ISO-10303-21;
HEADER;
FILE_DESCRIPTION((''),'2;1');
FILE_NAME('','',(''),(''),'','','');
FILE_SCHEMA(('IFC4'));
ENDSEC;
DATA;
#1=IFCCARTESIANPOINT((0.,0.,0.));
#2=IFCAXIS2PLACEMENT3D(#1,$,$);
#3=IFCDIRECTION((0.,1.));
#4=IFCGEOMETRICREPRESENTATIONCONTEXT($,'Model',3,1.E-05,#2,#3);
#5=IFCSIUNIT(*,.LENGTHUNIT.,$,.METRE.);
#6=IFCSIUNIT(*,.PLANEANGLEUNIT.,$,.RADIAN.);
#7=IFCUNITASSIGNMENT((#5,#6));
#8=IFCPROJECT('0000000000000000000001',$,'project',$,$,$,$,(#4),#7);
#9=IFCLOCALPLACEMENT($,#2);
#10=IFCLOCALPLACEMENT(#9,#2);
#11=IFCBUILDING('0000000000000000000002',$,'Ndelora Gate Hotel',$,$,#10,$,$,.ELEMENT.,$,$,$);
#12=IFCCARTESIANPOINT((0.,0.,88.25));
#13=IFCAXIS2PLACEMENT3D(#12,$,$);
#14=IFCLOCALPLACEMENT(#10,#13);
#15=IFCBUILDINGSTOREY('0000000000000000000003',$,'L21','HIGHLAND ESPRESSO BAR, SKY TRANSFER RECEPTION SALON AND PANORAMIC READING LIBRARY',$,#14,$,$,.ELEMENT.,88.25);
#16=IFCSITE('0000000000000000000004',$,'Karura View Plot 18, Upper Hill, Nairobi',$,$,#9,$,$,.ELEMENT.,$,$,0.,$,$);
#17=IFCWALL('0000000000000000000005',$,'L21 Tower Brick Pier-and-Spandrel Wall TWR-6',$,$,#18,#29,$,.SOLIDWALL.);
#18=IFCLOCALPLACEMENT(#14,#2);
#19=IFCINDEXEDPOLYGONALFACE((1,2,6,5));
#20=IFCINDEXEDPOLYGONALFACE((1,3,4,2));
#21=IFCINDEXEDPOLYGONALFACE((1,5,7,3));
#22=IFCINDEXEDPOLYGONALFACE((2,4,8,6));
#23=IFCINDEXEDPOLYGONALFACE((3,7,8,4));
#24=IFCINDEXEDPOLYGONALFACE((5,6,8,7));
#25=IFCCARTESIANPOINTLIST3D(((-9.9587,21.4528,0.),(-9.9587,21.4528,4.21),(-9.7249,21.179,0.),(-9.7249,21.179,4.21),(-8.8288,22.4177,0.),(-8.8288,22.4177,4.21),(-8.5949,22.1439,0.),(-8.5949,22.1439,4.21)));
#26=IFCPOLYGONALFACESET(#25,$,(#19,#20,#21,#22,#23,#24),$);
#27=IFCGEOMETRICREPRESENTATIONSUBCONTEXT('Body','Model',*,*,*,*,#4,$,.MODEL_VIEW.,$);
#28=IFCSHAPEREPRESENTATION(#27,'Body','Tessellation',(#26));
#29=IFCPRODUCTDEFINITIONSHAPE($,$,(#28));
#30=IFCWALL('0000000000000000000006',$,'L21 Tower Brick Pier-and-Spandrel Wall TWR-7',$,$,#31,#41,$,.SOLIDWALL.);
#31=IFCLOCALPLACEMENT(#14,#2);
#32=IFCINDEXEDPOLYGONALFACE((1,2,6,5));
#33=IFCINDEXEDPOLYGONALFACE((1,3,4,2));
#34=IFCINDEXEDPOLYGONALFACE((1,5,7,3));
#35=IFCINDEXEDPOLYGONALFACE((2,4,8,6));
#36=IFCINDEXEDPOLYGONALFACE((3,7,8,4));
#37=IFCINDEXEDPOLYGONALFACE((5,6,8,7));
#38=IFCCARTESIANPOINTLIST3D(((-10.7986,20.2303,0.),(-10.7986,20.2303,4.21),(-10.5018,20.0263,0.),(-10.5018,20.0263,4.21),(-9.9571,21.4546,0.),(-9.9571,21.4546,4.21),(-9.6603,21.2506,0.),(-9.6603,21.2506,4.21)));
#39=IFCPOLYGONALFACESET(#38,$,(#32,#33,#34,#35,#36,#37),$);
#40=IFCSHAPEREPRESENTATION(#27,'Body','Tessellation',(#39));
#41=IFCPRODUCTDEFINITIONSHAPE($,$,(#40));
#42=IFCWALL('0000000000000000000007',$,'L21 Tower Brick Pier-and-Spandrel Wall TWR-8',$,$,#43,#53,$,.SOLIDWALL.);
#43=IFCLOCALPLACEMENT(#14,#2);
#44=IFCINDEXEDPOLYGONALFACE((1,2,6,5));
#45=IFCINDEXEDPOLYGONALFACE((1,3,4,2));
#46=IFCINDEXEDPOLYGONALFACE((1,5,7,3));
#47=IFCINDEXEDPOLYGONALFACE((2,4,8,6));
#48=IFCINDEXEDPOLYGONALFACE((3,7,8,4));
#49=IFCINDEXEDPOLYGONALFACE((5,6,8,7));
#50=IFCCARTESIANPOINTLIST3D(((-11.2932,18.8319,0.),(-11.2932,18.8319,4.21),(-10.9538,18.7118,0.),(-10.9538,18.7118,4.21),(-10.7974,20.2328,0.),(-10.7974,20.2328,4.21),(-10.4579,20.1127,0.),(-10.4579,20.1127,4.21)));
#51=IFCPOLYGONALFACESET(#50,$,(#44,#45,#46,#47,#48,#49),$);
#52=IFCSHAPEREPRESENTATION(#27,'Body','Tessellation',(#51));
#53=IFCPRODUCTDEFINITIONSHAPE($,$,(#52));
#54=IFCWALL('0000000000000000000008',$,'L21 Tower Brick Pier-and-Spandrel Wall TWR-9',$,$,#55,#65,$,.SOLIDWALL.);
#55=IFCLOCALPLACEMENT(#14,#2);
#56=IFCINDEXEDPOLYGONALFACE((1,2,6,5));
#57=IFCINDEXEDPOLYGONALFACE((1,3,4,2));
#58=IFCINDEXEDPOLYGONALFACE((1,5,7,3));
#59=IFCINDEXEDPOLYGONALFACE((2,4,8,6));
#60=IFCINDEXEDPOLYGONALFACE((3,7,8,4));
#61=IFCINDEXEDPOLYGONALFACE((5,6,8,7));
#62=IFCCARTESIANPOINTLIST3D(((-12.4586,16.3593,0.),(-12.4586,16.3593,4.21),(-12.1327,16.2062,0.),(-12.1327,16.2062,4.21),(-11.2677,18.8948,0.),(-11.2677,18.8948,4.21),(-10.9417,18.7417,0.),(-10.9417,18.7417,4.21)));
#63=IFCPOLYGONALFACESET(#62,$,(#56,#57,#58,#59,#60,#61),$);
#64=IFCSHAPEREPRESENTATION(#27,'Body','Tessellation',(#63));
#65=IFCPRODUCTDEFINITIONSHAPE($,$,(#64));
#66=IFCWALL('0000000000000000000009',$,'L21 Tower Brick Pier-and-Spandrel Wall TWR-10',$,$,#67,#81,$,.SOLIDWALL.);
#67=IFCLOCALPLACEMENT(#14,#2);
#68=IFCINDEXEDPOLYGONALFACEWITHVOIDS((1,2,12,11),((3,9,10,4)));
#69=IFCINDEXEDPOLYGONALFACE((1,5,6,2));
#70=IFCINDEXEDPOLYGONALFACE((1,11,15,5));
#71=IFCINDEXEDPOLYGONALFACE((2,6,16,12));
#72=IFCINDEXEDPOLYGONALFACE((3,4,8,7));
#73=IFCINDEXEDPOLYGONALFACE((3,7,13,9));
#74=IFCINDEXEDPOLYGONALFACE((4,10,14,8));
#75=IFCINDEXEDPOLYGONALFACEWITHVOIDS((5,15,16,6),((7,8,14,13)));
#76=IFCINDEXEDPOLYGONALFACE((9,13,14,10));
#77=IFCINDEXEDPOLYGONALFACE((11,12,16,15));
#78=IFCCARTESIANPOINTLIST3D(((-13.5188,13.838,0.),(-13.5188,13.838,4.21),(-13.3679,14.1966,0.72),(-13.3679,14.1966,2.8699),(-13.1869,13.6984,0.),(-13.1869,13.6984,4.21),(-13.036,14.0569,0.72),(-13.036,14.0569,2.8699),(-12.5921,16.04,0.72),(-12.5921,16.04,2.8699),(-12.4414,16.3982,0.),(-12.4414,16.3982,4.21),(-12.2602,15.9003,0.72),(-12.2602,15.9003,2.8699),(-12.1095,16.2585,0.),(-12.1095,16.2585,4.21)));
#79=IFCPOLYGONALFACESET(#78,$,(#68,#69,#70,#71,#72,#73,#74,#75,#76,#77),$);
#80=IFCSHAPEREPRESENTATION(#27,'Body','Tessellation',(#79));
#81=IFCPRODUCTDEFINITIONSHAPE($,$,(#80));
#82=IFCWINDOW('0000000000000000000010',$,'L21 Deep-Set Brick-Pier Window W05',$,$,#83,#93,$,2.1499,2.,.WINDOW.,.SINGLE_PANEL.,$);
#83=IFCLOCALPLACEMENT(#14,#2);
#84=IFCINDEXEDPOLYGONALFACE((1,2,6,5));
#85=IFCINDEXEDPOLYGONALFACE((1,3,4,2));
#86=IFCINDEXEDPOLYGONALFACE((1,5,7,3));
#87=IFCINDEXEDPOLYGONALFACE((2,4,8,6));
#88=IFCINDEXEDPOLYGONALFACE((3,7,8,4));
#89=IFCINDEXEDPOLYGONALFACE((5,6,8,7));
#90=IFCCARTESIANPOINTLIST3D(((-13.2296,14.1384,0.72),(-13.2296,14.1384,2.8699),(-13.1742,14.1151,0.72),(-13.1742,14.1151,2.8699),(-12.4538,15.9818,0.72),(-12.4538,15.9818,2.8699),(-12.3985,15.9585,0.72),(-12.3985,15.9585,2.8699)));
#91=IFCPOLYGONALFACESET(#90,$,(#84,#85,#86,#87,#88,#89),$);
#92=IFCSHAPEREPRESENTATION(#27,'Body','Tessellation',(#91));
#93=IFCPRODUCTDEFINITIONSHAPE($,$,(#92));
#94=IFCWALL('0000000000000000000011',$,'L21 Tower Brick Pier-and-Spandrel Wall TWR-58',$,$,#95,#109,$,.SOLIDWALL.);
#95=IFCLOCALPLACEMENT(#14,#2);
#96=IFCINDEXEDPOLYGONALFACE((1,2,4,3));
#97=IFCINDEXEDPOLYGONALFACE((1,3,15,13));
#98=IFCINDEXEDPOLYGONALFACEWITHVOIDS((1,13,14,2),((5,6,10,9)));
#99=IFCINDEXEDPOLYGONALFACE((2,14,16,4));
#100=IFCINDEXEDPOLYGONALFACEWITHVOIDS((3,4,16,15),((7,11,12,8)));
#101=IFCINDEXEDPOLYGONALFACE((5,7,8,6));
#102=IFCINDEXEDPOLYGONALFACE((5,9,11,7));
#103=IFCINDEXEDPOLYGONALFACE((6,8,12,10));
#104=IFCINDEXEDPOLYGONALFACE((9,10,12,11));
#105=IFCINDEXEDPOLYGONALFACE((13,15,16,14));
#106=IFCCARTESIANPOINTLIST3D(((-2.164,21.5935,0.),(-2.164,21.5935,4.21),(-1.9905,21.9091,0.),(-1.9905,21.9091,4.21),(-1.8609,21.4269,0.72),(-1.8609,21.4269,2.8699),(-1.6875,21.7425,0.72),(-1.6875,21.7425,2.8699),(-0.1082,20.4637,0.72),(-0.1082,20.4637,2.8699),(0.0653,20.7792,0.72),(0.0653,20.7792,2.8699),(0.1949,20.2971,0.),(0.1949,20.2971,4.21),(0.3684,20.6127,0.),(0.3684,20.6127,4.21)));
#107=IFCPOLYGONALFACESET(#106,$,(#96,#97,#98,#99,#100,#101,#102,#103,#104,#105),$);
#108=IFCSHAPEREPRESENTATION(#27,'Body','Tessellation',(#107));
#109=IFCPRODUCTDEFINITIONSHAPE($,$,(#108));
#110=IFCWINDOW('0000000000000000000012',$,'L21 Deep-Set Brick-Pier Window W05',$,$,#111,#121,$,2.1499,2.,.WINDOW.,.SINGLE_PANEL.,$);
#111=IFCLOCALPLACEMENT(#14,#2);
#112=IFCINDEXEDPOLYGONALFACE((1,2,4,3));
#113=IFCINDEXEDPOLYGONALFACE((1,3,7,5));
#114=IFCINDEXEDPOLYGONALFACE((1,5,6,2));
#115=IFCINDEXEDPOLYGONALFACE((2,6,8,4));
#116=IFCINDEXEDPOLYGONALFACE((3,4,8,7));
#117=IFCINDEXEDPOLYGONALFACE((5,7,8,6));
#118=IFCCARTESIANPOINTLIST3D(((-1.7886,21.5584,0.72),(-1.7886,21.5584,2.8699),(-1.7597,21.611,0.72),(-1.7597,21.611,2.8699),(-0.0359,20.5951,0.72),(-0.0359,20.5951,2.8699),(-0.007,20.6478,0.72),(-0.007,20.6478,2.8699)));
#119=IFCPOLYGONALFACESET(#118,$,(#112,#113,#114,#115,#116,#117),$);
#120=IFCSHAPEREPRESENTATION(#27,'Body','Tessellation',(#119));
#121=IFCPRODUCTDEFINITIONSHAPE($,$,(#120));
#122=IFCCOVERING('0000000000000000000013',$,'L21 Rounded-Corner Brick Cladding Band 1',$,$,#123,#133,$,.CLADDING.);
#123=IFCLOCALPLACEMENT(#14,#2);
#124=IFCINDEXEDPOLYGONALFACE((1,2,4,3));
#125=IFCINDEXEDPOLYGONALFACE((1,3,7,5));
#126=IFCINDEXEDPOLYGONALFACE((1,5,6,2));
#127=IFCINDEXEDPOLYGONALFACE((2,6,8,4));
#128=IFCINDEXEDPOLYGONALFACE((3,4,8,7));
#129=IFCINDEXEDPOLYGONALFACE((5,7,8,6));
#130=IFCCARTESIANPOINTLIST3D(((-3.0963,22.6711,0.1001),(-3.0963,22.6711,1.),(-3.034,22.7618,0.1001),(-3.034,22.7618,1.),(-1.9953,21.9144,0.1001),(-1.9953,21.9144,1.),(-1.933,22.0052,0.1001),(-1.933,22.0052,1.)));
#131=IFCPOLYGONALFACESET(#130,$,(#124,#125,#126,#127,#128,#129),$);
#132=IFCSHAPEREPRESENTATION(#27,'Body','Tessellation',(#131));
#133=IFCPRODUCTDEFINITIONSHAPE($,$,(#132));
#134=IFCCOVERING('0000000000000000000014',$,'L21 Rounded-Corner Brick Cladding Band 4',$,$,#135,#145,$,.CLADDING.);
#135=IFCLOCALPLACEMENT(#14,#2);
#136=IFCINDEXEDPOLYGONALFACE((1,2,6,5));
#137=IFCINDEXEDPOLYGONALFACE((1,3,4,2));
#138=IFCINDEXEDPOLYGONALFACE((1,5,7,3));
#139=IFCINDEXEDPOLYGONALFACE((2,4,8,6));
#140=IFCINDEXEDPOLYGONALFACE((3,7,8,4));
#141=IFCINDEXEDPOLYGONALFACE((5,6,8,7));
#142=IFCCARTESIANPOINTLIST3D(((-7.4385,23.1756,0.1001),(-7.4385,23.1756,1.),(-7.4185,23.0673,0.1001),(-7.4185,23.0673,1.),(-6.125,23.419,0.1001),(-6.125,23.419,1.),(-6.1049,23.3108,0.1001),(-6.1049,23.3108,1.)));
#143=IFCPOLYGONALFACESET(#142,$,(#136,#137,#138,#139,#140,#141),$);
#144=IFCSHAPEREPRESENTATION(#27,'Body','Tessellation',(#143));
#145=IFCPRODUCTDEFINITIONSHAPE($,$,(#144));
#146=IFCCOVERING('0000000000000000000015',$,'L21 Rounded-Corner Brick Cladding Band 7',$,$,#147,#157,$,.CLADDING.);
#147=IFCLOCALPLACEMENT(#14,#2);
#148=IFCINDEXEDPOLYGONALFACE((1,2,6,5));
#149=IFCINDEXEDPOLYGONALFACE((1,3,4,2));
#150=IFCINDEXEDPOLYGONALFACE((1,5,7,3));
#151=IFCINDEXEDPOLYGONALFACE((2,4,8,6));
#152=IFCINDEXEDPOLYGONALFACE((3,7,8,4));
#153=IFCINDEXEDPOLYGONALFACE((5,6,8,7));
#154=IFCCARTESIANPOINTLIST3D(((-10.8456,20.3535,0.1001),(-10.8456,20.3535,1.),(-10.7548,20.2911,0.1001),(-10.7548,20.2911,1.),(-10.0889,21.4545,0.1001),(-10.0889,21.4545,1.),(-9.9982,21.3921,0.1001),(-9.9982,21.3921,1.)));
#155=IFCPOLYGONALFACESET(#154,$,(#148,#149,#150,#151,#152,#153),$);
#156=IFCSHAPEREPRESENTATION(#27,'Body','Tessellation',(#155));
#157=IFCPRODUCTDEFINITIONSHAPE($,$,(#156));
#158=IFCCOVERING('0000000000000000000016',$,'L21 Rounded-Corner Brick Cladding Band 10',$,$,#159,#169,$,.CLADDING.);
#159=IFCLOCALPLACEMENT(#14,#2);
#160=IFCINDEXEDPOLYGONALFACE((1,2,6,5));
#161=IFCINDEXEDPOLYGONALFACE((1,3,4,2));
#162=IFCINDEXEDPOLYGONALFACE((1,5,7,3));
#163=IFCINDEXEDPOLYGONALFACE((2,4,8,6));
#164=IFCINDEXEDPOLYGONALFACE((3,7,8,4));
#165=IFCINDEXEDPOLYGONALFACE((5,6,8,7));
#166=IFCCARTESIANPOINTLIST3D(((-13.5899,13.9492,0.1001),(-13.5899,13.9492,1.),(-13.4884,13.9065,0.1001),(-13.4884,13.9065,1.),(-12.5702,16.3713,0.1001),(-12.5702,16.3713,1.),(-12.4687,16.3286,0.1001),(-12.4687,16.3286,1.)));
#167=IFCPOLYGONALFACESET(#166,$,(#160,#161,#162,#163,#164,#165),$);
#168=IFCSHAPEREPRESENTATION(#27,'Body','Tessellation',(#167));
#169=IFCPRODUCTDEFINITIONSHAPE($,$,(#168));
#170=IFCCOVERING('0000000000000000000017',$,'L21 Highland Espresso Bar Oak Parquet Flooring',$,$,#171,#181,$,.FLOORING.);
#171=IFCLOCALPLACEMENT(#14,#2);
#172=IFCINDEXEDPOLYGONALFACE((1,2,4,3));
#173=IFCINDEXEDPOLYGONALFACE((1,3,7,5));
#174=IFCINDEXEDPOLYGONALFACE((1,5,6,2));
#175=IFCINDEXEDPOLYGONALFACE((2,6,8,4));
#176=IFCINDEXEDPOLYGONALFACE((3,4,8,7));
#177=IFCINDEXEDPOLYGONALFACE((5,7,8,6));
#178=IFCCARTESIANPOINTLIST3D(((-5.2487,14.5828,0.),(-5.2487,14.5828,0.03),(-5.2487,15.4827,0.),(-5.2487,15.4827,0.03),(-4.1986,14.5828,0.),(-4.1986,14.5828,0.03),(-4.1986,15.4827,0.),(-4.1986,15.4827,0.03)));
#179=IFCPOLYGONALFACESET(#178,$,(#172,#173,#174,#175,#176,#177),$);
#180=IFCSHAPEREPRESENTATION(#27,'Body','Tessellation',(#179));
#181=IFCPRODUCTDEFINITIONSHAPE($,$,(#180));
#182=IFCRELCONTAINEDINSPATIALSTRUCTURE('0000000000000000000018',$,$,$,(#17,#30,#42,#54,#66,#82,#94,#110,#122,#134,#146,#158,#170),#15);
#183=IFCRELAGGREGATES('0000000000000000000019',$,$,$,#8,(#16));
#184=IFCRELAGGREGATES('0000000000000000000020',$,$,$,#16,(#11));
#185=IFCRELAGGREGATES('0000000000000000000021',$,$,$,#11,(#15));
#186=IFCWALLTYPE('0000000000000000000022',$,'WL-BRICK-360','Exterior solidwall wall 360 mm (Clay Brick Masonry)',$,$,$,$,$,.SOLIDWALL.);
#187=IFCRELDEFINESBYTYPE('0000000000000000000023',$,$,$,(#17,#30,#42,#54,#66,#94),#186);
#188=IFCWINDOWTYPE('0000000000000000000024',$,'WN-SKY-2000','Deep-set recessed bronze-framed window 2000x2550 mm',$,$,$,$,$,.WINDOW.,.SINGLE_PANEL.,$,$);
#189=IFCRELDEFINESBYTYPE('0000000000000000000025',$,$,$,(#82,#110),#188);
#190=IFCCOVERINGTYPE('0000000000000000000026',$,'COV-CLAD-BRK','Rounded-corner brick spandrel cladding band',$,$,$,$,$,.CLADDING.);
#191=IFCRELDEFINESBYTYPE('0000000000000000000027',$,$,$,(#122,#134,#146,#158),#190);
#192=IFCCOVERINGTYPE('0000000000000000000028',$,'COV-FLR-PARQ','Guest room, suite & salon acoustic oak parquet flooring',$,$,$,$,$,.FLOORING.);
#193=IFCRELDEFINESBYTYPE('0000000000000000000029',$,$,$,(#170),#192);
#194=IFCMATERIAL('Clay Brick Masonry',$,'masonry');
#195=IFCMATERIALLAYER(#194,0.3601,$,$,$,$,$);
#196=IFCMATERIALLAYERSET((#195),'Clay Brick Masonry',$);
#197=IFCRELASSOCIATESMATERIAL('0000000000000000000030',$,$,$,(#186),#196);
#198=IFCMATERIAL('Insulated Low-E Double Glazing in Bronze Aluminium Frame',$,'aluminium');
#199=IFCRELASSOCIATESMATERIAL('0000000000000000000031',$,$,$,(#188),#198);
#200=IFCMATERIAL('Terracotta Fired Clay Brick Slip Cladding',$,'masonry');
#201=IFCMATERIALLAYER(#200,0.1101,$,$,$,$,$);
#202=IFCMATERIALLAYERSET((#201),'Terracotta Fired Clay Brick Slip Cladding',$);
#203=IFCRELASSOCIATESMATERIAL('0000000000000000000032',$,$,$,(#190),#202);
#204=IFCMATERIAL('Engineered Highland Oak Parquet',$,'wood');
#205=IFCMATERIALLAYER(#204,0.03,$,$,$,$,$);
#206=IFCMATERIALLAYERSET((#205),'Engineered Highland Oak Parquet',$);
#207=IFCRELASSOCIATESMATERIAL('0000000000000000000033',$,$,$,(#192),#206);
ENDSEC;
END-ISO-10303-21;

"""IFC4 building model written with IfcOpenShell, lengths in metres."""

from ifc_helpers import new_model, si_unit, direction, frame, frame_2d, origin, origin_2d, place, context, subcontext, project, spatial, rectangle, extrude, material, layer, layer_set, type_object, element, fill, save


model = new_model("IFC4")

# Units and contexts
model_context = context("Model", 3, precision=1e-05, world=origin(), true_north=direction((0.0, 1.0)))
body_context = subcontext(model_context, "Body", "Model", "MODEL_VIEW")
ifc_project = project(units=[si_unit("LENGTHUNIT", "METRE"), si_unit("PLANEANGLEUNIT", "RADIAN")], contexts=[model_context])

# Site, building, storey
site_placement = place(None, origin())
site = spatial("IfcSite", under=ifc_project, at=site_placement, Name="Karura View Plot 18, Upper Hill, Nairobi", CompositionType="ELEMENT", RefElevation=0.0)
building_placement = place(site_placement, origin())
building = spatial("IfcBuilding", under=site, at=building_placement, Name="Ndelora Gate Hotel", CompositionType="ELEMENT")
storey_placement = place(building_placement, frame((0.0, 0.0, 88.25)))
storey = spatial("IfcBuildingStorey", under=building, at=storey_placement, Name="L21", Description="HIGHLAND ESPRESSO BAR, SKY TRANSFER RECEPTION SALON AND PANORAMIC READING LIBRARY", CompositionType="ELEMENT", Elevation=88.25)

# Walls
ifc_material_1 = material(Name="Clay Brick Masonry", Category="masonry")
ifc_layer_1 = layer(ifc_material_1, 0.3601)
ifc_layer_set_1 = layer_set([ifc_layer_1], Name="Clay Brick Masonry")
wall_type = type_object("IfcWallType", Name="WL-BRICK-360", Description="Exterior solidwall wall 360 mm (Clay Brick Masonry)", PredefinedType="SOLIDWALL", material=ifc_layer_set_1)
for number, where, z_axis, x_axis, name in (
    (1, (-9.8418, 21.3159, 0.0), (0.0, 0.0, 1.0), (0.760462, 0.649383, 0.0), "L21 Tower Brick Pier-and-Spandrel Wall TWR-6"),
):
    element("IfcWall", number, at=place(storey_placement, frame(where, z_axis=z_axis, x_axis=x_axis)), inside=storey, type_object=wall_type, Name=name, PredefinedType="SOLIDWALL", context=body_context, shape_type="SweptSolid", body=[
        extrude(rectangle(XDim=1.4858, YDim=0.3601, at=frame_2d((0.7429, 0.0))), origin(), (0.0, 0.0, 1.0), 4.21),
    ])
wall_1_placement = place(storey_placement, frame((-10.6501, 20.1284, 0.0), z_axis=(0.0, 0.0, 1.0), x_axis=(0.566438, 0.824104, 0.0)))
element("IfcWall", 2, at=wall_1_placement, inside=storey, type_object=wall_type, Name="L21 Tower Brick Pier-and-Spandrel Wall TWR-7", PredefinedType="SOLIDWALL", context=body_context, shape_type="SweptSolid", body=[
    extrude(rectangle(XDim=1.4856, YDim=0.3601, at=frame_2d((0.7427, 0.0))), origin(), (0.0, 0.0, 1.0), 4.21),
])
wall_2_placement = place(storey_placement, frame((-11.1235, 18.7717, 0.0), z_axis=(0.0, 0.0, 1.0), x_axis=(0.333671, 0.94269, 0.0)))
element("IfcWall", 3, at=wall_2_placement, inside=storey, type_object=wall_type, Name="L21 Tower Brick Pier-and-Spandrel Wall TWR-8", PredefinedType="SOLIDWALL", context=body_context, shape_type="SweptSolid", body=[
    extrude(rectangle(XDim=1.4861, YDim=0.3601, at=frame_2d((0.7432, 0.0))), origin(), (0.0, 0.0, 1.0), 4.21),
])
wall_3_placement = place(storey_placement, frame((-12.2957, 16.2827, 0.0), z_axis=(0.0, 0.0, 1.0), x_axis=(0.425151, 0.905123, 0.0)))
element("IfcWall", 4, at=wall_3_placement, inside=storey, type_object=wall_type, Name="L21 Tower Brick Pier-and-Spandrel Wall TWR-9", PredefinedType="SOLIDWALL", context=body_context, shape_type="SweptSolid", body=[
    extrude(rectangle(XDim=2.8013, YDim=0.3601, at=frame_2d((1.4006, 0.0))), origin(), (0.0, 0.0, 1.0), 4.21),
])

# Walls, openings, windows
wall_4_placement = place(storey_placement, frame((-13.3528, 13.7683, 0.0), z_axis=(0.0, 0.0, 1.0), x_axis=(0.387896, 0.921703, 0.0)))
wall_4 = element("IfcWall", 5, at=wall_4_placement, inside=storey, type_object=wall_type, Name="L21 Tower Brick Pier-and-Spandrel Wall TWR-10", PredefinedType="SOLIDWALL", context=body_context, shape_type="SweptSolid", body=[
    extrude(rectangle(XDim=2.7776, YDim=0.3601, at=frame_2d((1.3887, 0.0))), origin(), (0.0, 0.0, 1.0), 4.21),
])
opening_1_placement = place(wall_4_placement, frame((0.3889, 0.0, 0.72)))
opening_1 = element("IfcOpeningElement", 6, at=opening_1_placement, cuts=wall_4, PredefinedType="OPENING", context=body_context, shape_type="SweptSolid", body=[
    extrude(rectangle(XDim=2.0, YDim=2.1499, at=frame_2d((1.0, 1.075))), frame((0.0, 0.1899, 0.0), z_axis=(0.0, -1.0, 0.0), x_axis=(1.0, 0.0, 0.0)), (0.0, 0.0, 1.0), 0.3801),
])
ifc_material_2 = material(Name="Insulated Low-E Double Glazing in Bronze Aluminium Frame", Category="aluminium")
window_type = type_object("IfcWindowType", Name="WN-SKY-2000", Description="Deep-set recessed bronze-framed window 2000x2550 mm", PartitioningType="SINGLE_PANEL", PredefinedType="WINDOW", material=ifc_material_2)
window_1_placement = place(opening_1_placement, origin())
window_1 = element("IfcWindow", 7, at=window_1_placement, inside=storey, type_object=window_type, Name="L21 Deep-Set Brick-Pier Window W05", OverallHeight=2.1499, OverallWidth=2.0, PartitioningType="SINGLE_PANEL", PredefinedType="WINDOW", context=body_context, shape_type="SweptSolid", body=[
    extrude(rectangle(XDim=2.0, YDim=2.1499, at=frame_2d((1.0, 1.075))), frame((0.0, 0.03, 0.0), z_axis=(0.0, -1.0, 0.0), x_axis=(1.0, 0.0, 0.0)), (0.0, 0.0, 1.0), 0.0601),
])
fill(opening_1, window_1)
wall_5_placement = place(storey_placement, frame((-2.0771, 21.7512, 0.0), z_axis=(0.0, 0.0, 1.0), x_axis=(0.876373, -0.481633, 0.0)))
wall_5 = element("IfcWall", 8, at=wall_5_placement, inside=storey, type_object=wall_type, Name="L21 Tower Brick Pier-and-Spandrel Wall TWR-58", PredefinedType="SOLIDWALL", context=body_context, shape_type="SweptSolid", body=[
    extrude(rectangle(XDim=2.6917, YDim=0.3601, at=frame_2d((1.3457, 0.0))), origin(), (0.0, 0.0, 1.0), 4.21),
])
opening_2_placement = place(wall_5_placement, frame((0.3457, 0.0, 0.72)))
opening_2 = element("IfcOpeningElement", 9, at=opening_2_placement, cuts=wall_5, PredefinedType="OPENING", context=body_context, shape_type="SweptSolid", body=[
    extrude(rectangle(XDim=2.0, YDim=2.1499, at=frame_2d((1.0, 1.075))), frame((0.0, 0.1899, 0.0), z_axis=(0.0, -1.0, 0.0), x_axis=(1.0, 0.0, 0.0)), (0.0, 0.0, 1.0), 0.3801),
])
window_2_placement = place(opening_2_placement, origin())
window_2 = element("IfcWindow", 10, at=window_2_placement, inside=storey, type_object=window_type, Name="L21 Deep-Set Brick-Pier Window W05", OverallHeight=2.1499, OverallWidth=2.0, PartitioningType="SINGLE_PANEL", PredefinedType="WINDOW", context=body_context, shape_type="SweptSolid", body=[
    extrude(rectangle(XDim=2.0, YDim=2.1499, at=frame_2d((1.0, 1.075))), frame((0.0, 0.03, 0.0), z_axis=(0.0, -1.0, 0.0), x_axis=(1.0, 0.0, 0.0)), (0.0, 0.0, 1.0), 0.0601),
])
fill(opening_2, window_2)

# Coverings
ifc_material_3 = material(Name="Terracotta Fired Clay Brick Slip Cladding", Category="masonry")
ifc_layer_2 = layer(ifc_material_3, 0.1101)
ifc_layer_set_2 = layer_set([ifc_layer_2], Name="Terracotta Fired Clay Brick Slip Cladding")
covering_type_1 = type_object("IfcCoveringType", Name="COV-CLAD-BRK", Description="Rounded-corner brick spandrel cladding band", PredefinedType="CLADDING", material=ifc_layer_set_2)
for number, where, z_axis, x_axis, name in (
    (11, (-2.5146, 22.3381, 0.1001), (0.0, 0.0, 1.0), (-0.824126, 0.566406, 0.0), "L21 Rounded-Corner Brick Cladding Band 1"),
    (12, (-6.7717, 23.2432, 0.1001), (0.0, 0.0, 1.0), (0.983255, 0.182236, 0.0), "L21 Rounded-Corner Brick Cladding Band 4"),
    (13, (-10.4219, 20.8728, 0.1001), (0.0, 0.0, 1.0), (0.566406, 0.824126, 0.0), "L21 Rounded-Corner Brick Cladding Band 7"),
):
    element("IfcCovering", number, at=place(storey_placement, frame(where, z_axis=z_axis, x_axis=x_axis)), inside=storey, type_object=covering_type_1, Name=name, PredefinedType="CLADDING", context=body_context, shape_type="SweptSolid", body=[
        extrude(rectangle(XDim=1.3359, YDim=0.1101, at=origin_2d()), origin(), (0.0, 0.0, 1.0), 0.8999),
    ])
covering_1_placement = place(storey_placement, frame((-13.0293, 15.1389, 0.1001), z_axis=(0.0, 0.0, 1.0), x_axis=(0.387998, 0.92166, 0.0)))
element("IfcCovering", 14, at=covering_1_placement, inside=storey, type_object=covering_type_1, Name="L21 Rounded-Corner Brick Cladding Band 10", PredefinedType="CLADDING", context=body_context, shape_type="SweptSolid", body=[
    extrude(rectangle(XDim=2.6279, YDim=0.1101, at=origin_2d()), origin(), (0.0, 0.0, 1.0), 0.8999),
])
ifc_material_4 = material(Name="Engineered Highland Oak Parquet", Category="wood")
ifc_layer_3 = layer(ifc_material_4, 0.03)
ifc_layer_set_3 = layer_set([ifc_layer_3], Name="Engineered Highland Oak Parquet")
covering_type_2 = type_object("IfcCoveringType", Name="COV-FLR-PARQ", Description="Guest room, suite & salon acoustic oak parquet flooring", PredefinedType="FLOORING", material=ifc_layer_set_3)
covering_2_placement = place(storey_placement, frame((-4.7236, 15.0327, 0.0), z_axis=(0.0, 0.0, 1.0), x_axis=(1.0, 0.0, 0.0)))
element("IfcCovering", 15, at=covering_2_placement, inside=storey, type_object=covering_type_2, Name="L21 Highland Espresso Bar Oak Parquet Flooring", PredefinedType="FLOORING", context=body_context, shape_type="SweptSolid", body=[
    extrude(rectangle(XDim=1.05, YDim=0.8999, at=origin_2d()), origin(), (0.0, 0.0, 1.0), 0.03),
])

save(model, "model.ifc")
